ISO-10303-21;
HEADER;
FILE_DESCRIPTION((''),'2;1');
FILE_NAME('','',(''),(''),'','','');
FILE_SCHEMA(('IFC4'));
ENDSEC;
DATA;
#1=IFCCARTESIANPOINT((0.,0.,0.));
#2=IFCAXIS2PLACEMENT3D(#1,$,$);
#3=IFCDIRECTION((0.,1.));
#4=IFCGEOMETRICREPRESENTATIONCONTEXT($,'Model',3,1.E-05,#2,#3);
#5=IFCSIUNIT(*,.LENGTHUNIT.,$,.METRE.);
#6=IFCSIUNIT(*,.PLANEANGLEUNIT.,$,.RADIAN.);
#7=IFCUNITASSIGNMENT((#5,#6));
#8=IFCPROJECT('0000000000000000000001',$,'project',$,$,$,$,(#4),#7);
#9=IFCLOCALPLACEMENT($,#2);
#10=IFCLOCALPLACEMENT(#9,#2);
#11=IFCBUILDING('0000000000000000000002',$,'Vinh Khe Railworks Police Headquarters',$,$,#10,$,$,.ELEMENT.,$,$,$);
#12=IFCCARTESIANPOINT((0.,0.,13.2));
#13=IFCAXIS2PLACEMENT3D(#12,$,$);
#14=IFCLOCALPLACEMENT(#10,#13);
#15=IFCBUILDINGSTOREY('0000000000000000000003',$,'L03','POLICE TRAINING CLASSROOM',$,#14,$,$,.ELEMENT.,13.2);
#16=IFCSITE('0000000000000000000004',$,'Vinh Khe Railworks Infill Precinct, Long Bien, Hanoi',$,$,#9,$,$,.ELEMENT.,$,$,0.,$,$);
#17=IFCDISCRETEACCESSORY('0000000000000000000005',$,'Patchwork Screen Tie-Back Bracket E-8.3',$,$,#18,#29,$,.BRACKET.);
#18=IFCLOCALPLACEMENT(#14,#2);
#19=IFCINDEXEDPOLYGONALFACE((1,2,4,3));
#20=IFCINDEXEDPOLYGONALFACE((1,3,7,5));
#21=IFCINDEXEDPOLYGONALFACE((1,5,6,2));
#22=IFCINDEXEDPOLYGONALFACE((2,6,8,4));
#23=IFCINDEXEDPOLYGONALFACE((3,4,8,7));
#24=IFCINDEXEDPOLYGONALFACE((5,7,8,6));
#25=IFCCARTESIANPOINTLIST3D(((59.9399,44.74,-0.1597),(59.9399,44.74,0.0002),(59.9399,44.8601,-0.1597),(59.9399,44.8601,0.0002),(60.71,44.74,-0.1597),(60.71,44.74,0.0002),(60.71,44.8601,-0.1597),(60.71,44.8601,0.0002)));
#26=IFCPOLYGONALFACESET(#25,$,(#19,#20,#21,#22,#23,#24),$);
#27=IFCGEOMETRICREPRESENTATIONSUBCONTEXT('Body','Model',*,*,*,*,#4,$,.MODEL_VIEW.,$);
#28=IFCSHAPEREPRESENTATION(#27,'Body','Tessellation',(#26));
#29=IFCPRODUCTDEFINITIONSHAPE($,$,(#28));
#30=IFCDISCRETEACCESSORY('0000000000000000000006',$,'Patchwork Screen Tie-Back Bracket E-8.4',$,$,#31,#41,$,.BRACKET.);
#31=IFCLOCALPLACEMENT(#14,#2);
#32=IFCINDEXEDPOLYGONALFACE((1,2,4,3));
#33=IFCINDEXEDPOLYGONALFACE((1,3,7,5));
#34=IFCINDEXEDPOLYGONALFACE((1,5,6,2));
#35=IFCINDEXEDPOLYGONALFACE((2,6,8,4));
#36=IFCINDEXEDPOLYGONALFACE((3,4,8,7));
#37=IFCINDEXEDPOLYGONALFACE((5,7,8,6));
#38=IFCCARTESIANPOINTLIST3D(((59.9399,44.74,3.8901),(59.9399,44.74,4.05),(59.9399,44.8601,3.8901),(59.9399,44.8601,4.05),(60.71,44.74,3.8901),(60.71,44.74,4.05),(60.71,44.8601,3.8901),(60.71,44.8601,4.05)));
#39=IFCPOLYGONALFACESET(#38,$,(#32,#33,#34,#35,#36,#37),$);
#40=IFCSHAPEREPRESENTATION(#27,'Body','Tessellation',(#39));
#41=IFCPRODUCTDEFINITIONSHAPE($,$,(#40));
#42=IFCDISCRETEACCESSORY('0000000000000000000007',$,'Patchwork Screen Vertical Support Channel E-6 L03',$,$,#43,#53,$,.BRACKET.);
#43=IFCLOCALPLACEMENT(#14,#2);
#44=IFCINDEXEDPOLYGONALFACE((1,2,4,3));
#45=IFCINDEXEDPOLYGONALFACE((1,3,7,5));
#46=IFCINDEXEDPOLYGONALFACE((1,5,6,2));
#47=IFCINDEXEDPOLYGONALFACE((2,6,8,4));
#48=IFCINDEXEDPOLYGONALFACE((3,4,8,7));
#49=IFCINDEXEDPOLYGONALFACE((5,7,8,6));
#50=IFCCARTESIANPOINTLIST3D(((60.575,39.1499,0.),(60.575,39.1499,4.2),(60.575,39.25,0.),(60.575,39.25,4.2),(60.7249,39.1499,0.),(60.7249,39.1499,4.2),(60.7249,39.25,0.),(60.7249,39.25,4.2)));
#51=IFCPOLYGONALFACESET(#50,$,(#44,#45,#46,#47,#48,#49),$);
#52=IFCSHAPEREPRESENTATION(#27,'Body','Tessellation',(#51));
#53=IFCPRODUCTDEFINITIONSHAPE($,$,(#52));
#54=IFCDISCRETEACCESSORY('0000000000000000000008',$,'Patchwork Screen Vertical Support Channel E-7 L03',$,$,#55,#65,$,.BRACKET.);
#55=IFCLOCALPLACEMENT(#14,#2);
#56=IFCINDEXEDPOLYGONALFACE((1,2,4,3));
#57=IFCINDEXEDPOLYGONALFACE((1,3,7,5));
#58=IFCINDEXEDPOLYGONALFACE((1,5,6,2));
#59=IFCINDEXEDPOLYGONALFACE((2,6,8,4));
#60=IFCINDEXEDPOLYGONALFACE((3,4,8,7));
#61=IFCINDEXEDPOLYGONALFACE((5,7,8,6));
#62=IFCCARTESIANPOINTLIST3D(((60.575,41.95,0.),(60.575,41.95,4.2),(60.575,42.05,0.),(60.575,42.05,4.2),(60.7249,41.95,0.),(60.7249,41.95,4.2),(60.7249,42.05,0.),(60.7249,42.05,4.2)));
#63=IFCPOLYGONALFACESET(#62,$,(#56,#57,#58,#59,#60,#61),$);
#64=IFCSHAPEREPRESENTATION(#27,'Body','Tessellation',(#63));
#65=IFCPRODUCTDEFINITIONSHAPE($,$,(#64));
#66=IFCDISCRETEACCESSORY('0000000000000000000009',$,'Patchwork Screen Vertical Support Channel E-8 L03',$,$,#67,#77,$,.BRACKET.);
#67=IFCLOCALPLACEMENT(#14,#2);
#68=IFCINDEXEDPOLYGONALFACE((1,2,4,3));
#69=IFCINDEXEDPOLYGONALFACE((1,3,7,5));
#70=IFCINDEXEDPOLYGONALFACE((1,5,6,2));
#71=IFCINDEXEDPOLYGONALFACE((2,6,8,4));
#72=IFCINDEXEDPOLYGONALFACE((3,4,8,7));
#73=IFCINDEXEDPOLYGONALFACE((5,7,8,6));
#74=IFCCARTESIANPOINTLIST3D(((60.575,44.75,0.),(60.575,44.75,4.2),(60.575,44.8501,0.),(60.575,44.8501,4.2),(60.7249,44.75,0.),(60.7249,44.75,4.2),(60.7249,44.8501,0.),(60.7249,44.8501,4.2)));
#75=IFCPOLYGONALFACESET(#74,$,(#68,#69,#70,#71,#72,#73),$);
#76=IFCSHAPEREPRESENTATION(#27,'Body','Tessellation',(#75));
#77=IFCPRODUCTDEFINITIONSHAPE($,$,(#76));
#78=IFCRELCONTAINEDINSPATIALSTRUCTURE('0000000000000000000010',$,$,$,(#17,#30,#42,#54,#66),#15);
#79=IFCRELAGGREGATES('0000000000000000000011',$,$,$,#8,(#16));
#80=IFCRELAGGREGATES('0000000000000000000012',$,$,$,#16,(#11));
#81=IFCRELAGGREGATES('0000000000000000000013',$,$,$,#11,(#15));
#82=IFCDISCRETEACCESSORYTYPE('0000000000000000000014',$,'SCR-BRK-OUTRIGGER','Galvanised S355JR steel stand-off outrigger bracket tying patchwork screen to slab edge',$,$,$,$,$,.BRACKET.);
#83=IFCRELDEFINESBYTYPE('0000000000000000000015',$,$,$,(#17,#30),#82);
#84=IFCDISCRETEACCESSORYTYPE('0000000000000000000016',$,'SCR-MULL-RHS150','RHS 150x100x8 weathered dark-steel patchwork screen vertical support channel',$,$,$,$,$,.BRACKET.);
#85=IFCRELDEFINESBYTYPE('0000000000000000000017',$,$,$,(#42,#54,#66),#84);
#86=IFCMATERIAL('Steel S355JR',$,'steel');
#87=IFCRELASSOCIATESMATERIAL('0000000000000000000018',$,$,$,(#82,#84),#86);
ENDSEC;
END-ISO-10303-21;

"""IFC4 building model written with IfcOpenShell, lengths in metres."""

from ifc_helpers import new_model, si_unit, direction, frame, origin, origin_2d, place, context, subcontext, project, spatial, rectangle, extrude, material, type_object, element, save


model = new_model("IFC4")

# Units and contexts
model_context = context("Model", 3, precision=1e-05, world=origin(), true_north=direction((0.0, 1.0)))
body_context = subcontext(model_context, "Body", "Model", "MODEL_VIEW")
ifc_project = project(units=[si_unit("LENGTHUNIT", "METRE"), si_unit("PLANEANGLEUNIT", "RADIAN")], contexts=[model_context])

# Site, building, storey
site_placement = place(None, origin())
site = spatial("IfcSite", under=ifc_project, at=site_placement, Name="Vinh Khe Railworks Infill Precinct, Long Bien, Hanoi", CompositionType="ELEMENT", RefElevation=0.0)
building_placement = place(site_placement, origin())
building = spatial("IfcBuilding", under=site, at=building_placement, Name="Vinh Khe Railworks Police Headquarters", CompositionType="ELEMENT")
storey_placement = place(building_placement, frame((0.0, 0.0, 13.2)))
storey = spatial("IfcBuildingStorey", under=building, at=storey_placement, Name="L03", Description="POLICE TRAINING CLASSROOM", CompositionType="ELEMENT", Elevation=13.2)

# Shared definitions
ifc_material_1 = material(Name="Steel S355JR", Category="steel")

# Discrete accessories
discrete_accessory_type_1 = type_object("IfcDiscreteAccessoryType", Name="SCR-BRK-OUTRIGGER", Description="Galvanised S355JR steel stand-off outrigger bracket tying patchwork screen to slab edge", PredefinedType="BRACKET", material=ifc_material_1)
for number, where, z_axis, x_axis, name in (
    (1, (60.325, 44.8, -0.1597), (0.0, 0.0, 1.0), (1.0, 0.0, 0.0), "Patchwork Screen Tie-Back Bracket E-8.3"),
    (2, (60.325, 44.8, 3.8901), (0.0, 0.0, 1.0), (1.0, 0.0, 0.0), "Patchwork Screen Tie-Back Bracket E-8.4"),
):
    element("IfcDiscreteAccessory", number, at=place(storey_placement, frame(where, z_axis=z_axis, x_axis=x_axis)), inside=storey, type_object=discrete_accessory_type_1, Name=name, PredefinedType="BRACKET", context=body_context, shape_type="SweptSolid", body=[
        extrude(rectangle(XDim=0.77, YDim=0.1201, at=origin_2d()), origin(), (0.0, 0.0, 1.0), 0.1599),
    ])
discrete_accessory_type_2 = type_object("IfcDiscreteAccessoryType", Name="SCR-MULL-RHS150", Description="RHS 150x100x8 weathered dark-steel patchwork screen vertical support channel", PredefinedType="BRACKET", material=ifc_material_1)
for number, where, z_axis, x_axis, name in (
    (3, (60.6499, 39.2, 0.0), (0.0, 0.0, 1.0), (1.0, 0.0, 0.0), "Patchwork Screen Vertical Support Channel E-6 L03"),
    (4, (60.6499, 42.0, 0.0), (0.0, 0.0, 1.0), (1.0, 0.0, 0.0), "Patchwork Screen Vertical Support Channel E-7 L03"),
    (5, (60.6499, 44.8, 0.0), (0.0, 0.0, 1.0), (1.0, 0.0, 0.0), "Patchwork Screen Vertical Support Channel E-8 L03"),
):
    element("IfcDiscreteAccessory", number, at=place(storey_placement, frame(where, z_axis=z_axis, x_axis=x_axis)), inside=storey, type_object=discrete_accessory_type_2, Name=name, PredefinedType="BRACKET", context=body_context, shape_type="SweptSolid", body=[
        extrude(rectangle(XDim=0.1499, YDim=0.1001, at=origin_2d()), origin(), (0.0, 0.0, 1.0), 4.2),
    ])

save(model, "model.ifc")
